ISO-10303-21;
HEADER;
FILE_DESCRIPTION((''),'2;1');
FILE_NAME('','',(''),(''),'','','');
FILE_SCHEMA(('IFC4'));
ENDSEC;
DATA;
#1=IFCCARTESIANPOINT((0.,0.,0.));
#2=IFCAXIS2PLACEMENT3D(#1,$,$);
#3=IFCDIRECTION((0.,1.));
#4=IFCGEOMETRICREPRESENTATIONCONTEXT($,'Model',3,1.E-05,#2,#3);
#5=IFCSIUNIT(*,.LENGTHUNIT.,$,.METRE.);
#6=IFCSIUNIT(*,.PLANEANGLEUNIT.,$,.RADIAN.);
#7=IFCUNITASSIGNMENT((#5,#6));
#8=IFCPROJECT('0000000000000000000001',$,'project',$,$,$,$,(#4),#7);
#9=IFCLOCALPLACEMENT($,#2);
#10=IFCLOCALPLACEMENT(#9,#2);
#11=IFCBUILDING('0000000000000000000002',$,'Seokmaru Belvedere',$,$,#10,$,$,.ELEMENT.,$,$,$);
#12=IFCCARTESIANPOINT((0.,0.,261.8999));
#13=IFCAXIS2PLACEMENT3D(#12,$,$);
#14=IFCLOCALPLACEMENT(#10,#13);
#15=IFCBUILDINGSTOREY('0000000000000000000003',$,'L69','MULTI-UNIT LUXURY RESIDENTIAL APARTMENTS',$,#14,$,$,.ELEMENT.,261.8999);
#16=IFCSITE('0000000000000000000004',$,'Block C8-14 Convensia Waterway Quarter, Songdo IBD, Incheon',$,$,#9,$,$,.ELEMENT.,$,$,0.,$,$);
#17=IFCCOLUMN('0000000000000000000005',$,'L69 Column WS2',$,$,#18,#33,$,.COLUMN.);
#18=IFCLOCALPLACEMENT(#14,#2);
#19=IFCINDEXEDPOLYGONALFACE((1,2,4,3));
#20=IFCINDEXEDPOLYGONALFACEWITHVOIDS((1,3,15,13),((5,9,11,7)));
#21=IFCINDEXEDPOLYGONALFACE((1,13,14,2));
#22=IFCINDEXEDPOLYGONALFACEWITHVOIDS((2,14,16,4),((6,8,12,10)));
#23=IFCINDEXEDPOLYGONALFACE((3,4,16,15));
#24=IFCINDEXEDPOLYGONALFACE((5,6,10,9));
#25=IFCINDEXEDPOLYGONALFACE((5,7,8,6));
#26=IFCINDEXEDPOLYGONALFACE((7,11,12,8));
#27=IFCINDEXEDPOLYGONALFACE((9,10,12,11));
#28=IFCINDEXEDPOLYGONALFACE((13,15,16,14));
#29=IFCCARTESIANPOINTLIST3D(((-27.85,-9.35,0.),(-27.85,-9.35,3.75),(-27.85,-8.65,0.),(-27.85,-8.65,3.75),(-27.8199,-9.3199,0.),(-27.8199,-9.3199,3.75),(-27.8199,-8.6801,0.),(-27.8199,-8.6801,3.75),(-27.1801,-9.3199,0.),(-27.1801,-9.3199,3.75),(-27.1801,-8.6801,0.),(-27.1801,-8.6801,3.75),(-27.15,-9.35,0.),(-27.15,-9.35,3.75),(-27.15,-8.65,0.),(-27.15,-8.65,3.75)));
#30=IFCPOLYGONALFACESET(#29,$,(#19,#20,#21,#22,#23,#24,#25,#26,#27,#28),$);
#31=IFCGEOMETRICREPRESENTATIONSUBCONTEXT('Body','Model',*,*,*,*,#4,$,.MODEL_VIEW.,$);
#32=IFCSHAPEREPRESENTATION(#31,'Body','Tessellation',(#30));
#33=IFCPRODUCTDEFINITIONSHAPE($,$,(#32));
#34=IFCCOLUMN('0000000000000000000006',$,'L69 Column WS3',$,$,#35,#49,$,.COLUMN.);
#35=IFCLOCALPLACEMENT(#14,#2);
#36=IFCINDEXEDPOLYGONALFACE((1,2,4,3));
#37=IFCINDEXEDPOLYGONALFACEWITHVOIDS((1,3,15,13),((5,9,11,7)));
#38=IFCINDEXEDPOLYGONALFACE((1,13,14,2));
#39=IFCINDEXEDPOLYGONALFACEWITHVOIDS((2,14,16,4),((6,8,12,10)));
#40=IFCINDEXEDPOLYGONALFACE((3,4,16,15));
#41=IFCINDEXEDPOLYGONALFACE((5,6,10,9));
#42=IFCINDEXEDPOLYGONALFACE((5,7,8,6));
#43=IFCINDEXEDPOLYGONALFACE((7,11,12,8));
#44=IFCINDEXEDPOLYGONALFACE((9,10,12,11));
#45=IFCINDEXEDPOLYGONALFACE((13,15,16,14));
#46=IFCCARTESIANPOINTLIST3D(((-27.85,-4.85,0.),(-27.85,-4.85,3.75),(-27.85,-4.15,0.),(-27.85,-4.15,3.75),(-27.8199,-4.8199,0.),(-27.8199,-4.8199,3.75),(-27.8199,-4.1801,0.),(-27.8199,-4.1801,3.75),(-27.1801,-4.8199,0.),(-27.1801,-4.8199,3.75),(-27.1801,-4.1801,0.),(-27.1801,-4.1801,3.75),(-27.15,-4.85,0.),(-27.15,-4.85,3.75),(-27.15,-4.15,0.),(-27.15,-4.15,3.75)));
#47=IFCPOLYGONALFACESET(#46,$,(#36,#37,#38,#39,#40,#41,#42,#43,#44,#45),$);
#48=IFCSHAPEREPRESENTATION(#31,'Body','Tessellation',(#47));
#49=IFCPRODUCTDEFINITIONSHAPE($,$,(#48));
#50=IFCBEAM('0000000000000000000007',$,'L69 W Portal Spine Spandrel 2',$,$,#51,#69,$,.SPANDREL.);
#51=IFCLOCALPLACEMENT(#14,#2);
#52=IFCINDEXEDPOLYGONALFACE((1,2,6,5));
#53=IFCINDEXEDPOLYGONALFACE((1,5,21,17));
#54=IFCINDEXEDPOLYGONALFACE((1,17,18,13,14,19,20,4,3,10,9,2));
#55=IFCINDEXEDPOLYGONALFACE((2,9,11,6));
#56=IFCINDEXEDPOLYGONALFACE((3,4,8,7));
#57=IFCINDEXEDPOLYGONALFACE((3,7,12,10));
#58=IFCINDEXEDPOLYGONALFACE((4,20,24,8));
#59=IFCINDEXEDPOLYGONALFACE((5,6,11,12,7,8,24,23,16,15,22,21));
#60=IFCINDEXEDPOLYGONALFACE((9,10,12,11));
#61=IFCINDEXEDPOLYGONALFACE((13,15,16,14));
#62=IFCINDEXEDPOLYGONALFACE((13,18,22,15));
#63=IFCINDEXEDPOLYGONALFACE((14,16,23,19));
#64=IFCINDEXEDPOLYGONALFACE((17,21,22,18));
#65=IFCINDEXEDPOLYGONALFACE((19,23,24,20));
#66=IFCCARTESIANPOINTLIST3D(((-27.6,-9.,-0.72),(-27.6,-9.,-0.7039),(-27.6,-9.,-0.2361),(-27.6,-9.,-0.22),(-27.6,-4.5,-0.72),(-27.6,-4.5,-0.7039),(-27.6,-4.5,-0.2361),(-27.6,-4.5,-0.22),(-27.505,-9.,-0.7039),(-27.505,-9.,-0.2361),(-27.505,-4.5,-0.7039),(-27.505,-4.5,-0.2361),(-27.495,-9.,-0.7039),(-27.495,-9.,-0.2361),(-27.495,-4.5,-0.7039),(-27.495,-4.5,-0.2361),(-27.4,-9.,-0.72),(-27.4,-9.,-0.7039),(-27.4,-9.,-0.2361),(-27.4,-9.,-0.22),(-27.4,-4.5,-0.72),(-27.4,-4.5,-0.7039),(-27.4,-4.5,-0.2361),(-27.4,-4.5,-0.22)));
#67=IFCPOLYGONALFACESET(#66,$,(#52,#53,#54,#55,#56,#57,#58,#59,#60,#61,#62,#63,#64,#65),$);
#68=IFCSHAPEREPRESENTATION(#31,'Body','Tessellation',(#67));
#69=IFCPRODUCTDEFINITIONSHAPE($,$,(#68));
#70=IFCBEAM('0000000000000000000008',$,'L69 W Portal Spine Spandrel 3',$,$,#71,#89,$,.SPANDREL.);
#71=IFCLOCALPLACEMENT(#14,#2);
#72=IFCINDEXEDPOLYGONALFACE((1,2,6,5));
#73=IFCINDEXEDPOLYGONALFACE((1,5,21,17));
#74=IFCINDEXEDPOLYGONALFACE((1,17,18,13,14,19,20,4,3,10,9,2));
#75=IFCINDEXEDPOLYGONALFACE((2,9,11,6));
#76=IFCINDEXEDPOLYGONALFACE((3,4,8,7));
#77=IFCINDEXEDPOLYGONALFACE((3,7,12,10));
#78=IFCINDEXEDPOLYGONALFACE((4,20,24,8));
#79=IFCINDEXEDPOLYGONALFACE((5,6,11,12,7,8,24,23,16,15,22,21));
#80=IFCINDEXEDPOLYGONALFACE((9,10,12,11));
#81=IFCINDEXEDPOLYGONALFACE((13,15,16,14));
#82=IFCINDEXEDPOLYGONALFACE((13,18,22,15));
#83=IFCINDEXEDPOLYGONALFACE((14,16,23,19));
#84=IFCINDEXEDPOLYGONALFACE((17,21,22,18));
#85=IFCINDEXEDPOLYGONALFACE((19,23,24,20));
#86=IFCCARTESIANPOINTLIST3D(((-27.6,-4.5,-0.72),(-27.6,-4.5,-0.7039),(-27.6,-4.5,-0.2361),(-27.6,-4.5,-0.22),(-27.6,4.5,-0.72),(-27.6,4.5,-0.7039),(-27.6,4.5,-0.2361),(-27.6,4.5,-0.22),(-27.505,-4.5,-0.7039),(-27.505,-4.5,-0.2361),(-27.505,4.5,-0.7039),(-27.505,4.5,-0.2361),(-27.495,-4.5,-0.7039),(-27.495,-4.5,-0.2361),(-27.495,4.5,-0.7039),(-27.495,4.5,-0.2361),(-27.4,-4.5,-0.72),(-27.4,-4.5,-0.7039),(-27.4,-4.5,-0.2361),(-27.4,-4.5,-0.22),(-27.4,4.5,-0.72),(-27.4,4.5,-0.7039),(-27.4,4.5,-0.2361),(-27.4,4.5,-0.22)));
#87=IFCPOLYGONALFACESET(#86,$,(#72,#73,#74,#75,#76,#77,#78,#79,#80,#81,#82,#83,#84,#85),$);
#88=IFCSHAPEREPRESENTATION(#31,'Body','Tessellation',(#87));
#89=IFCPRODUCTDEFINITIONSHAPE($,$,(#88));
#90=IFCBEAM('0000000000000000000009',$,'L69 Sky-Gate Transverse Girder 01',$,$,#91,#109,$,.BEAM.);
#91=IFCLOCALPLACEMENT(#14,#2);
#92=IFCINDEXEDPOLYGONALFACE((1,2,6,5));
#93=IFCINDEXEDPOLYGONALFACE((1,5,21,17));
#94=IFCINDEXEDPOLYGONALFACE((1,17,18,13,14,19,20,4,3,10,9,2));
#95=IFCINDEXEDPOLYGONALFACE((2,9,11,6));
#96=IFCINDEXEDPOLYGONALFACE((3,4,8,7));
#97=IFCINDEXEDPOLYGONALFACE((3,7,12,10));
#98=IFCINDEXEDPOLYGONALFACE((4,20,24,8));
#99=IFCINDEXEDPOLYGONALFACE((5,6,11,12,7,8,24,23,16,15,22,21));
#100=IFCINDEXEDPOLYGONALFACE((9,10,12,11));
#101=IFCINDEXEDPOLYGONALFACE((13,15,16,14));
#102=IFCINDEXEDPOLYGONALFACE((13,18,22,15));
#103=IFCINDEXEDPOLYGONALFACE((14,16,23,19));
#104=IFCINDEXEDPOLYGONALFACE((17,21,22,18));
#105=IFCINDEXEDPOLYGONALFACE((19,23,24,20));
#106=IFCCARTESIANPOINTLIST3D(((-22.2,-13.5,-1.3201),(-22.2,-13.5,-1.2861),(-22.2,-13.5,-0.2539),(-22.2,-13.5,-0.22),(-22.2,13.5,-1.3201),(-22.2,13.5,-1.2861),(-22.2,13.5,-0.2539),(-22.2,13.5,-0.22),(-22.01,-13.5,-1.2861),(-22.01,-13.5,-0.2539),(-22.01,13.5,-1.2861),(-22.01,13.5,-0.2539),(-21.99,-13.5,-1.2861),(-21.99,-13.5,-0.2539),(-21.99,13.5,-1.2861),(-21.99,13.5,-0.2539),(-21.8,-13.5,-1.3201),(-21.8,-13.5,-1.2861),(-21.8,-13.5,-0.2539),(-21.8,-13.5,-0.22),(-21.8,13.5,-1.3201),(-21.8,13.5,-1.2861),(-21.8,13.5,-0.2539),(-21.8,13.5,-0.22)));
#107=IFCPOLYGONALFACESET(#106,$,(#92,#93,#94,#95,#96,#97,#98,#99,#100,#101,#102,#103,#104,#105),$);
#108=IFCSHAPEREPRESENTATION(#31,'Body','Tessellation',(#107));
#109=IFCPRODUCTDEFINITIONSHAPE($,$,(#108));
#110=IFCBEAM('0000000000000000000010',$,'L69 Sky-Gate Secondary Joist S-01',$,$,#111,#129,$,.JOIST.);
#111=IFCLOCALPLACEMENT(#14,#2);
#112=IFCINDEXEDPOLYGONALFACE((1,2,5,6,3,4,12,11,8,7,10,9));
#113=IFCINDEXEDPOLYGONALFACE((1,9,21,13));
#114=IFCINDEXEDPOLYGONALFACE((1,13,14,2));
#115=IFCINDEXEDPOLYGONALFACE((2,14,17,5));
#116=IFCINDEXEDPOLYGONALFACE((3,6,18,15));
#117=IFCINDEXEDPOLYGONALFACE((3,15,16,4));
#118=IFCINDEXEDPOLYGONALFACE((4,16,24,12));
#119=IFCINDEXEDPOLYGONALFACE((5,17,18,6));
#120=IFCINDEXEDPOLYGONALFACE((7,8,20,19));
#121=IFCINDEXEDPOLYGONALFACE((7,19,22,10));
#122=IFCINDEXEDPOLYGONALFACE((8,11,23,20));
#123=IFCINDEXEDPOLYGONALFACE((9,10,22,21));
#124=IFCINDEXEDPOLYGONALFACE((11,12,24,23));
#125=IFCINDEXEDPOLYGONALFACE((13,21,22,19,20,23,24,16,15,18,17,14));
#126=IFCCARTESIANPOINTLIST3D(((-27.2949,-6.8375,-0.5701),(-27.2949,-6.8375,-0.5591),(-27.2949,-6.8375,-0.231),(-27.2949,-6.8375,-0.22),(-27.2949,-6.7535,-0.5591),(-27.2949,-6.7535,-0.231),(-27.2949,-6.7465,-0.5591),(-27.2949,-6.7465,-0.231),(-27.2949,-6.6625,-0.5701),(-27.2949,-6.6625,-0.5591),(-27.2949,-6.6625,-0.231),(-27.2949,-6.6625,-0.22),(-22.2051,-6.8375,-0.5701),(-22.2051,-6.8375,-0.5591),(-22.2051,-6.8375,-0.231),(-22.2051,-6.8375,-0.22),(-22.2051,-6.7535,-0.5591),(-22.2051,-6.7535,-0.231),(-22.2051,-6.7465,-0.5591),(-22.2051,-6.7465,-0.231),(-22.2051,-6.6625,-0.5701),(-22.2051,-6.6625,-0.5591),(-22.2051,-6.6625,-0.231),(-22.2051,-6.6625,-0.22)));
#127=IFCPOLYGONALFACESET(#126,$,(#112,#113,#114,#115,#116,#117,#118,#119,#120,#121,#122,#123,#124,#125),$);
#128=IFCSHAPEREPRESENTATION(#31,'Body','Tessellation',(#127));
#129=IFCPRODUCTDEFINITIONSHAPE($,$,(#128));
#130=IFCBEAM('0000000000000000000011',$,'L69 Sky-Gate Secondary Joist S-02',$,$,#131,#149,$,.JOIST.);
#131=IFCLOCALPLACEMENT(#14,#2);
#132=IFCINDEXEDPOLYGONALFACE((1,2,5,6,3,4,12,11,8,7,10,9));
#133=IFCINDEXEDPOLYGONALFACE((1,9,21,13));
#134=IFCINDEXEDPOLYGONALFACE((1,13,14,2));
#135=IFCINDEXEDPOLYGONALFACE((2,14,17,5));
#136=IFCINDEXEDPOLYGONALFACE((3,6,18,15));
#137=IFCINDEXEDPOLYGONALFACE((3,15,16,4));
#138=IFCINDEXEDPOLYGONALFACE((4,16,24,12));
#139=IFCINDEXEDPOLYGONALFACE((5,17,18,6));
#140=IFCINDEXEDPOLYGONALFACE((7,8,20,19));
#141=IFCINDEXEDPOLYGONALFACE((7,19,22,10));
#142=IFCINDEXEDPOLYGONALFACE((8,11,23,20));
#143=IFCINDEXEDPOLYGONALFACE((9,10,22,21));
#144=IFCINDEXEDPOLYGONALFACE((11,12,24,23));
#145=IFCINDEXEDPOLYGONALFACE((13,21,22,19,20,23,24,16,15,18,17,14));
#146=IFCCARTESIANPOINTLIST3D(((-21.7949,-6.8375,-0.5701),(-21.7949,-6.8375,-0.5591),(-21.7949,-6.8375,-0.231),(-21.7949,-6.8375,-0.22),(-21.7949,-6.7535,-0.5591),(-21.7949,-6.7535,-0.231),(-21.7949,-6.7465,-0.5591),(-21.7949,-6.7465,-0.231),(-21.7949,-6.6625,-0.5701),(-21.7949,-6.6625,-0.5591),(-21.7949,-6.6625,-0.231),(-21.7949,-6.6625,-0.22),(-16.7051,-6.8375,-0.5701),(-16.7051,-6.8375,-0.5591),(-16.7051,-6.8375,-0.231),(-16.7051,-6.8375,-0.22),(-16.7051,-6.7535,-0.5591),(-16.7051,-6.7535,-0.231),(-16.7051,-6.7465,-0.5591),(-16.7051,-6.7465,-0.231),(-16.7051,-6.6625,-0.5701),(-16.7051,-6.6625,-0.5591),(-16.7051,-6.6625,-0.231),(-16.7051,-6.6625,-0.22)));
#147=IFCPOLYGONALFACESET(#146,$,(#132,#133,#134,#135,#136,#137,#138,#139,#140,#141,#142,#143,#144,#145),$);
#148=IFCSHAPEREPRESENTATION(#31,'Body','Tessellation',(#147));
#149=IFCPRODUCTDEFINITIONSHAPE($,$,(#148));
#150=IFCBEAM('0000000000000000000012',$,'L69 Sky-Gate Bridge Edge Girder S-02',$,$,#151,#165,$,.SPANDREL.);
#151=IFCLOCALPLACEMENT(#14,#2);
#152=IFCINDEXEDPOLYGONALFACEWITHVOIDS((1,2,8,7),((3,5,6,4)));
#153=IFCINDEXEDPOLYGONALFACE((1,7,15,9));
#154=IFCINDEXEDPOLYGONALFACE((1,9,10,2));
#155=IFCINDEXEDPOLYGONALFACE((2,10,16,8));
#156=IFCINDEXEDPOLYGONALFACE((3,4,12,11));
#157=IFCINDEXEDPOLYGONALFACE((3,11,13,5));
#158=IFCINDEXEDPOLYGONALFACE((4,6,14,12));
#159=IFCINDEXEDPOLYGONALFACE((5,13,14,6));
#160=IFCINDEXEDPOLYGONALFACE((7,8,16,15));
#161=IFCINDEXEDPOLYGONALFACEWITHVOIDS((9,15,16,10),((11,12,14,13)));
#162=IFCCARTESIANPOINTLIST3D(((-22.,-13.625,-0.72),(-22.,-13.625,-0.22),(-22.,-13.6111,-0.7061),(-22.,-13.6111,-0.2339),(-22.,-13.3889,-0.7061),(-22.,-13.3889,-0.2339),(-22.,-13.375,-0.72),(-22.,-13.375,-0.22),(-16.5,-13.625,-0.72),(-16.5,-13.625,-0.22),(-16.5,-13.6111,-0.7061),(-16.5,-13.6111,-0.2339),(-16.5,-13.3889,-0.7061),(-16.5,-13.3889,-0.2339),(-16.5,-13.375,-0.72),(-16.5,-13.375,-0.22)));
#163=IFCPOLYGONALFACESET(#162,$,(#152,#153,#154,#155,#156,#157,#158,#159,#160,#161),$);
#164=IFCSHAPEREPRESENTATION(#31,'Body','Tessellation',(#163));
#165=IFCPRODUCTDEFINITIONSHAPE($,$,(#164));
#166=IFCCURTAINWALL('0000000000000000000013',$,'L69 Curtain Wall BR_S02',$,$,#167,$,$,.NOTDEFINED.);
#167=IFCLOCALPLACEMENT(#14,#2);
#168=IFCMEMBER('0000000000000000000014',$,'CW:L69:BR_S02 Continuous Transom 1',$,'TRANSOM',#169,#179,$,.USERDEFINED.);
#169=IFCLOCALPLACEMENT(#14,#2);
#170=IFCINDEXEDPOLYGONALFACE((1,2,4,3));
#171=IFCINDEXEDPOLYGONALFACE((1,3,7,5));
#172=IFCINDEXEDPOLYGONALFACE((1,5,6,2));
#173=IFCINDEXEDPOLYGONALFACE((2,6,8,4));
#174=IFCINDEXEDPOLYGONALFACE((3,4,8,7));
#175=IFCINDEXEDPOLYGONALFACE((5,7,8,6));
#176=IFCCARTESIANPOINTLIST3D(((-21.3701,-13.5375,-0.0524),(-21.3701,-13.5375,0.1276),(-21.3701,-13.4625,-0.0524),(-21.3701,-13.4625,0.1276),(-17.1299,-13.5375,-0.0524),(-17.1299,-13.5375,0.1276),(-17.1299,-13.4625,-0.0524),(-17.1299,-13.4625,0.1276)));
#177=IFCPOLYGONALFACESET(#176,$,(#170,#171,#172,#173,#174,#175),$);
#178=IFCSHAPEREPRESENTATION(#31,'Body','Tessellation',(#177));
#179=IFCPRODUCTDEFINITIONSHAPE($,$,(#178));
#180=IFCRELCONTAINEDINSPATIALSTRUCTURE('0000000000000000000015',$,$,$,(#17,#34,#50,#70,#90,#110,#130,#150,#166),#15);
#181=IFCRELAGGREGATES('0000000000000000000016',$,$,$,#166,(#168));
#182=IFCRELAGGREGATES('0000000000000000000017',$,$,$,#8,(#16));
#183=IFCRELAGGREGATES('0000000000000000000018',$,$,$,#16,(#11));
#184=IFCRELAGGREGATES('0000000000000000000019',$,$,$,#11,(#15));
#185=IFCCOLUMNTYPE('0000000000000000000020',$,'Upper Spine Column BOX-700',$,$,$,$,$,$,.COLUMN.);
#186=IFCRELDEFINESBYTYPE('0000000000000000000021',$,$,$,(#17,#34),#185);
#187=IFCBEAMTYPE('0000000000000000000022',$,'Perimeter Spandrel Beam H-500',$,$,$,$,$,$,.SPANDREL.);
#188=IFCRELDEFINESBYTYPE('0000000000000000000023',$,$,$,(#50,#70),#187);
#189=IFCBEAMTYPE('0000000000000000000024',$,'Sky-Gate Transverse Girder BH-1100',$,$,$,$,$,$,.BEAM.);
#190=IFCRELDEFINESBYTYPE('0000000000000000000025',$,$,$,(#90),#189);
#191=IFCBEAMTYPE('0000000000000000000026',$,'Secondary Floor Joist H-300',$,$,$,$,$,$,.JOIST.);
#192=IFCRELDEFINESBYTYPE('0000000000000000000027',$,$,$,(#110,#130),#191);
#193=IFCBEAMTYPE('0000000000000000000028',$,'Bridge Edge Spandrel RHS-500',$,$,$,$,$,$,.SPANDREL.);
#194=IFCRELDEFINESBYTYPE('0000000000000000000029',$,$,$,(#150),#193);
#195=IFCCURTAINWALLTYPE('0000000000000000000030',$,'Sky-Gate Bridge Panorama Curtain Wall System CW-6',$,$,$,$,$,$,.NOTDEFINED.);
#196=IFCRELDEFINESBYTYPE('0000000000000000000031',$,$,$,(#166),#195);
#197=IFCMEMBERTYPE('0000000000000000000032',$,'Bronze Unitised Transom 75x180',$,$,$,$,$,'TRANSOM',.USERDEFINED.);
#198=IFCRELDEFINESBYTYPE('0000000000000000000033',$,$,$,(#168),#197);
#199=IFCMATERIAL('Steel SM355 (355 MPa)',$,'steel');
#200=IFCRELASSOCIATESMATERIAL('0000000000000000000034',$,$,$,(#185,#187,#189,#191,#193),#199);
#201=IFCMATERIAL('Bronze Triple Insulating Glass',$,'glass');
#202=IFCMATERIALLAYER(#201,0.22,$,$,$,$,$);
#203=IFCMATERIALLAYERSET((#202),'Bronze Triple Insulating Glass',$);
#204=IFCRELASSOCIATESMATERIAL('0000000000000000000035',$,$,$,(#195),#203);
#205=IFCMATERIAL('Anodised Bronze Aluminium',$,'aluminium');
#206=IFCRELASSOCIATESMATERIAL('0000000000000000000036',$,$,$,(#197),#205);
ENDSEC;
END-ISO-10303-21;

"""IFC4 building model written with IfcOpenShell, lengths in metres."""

from ifc_helpers import new_model, si_unit, direction, frame, origin, origin_2d, place, context, subcontext, project, spatial, rectangle, hollow_rectangle, i_section, extrude, source, transform, mapped, material, layer, layer_set, material_profile, profile_set, type_object, type_shapes, element, aggregate, save


model = new_model("IFC4")

# Units and contexts
model_context = context("Model", 3, precision=1e-05, world=origin(), true_north=direction((0.0, 1.0)))
body_context = subcontext(model_context, "Body", "Model", "MODEL_VIEW")
ifc_project = project(units=[si_unit("LENGTHUNIT", "METRE"), si_unit("PLANEANGLEUNIT", "RADIAN")], contexts=[model_context])

# Site, building, storey
site_placement = place(None, origin())
site = spatial("IfcSite", under=ifc_project, at=site_placement, Name="Block C8-14 Convensia Waterway Quarter, Songdo IBD, Incheon", CompositionType="ELEMENT", RefElevation=0.0)
building_placement = place(site_placement, origin())
building = spatial("IfcBuilding", under=site, at=building_placement, Name="Seokmaru Belvedere", CompositionType="ELEMENT")
storey_placement = place(building_placement, frame((0.0, 0.0, 261.8999)))
storey = spatial("IfcBuildingStorey", under=building, at=storey_placement, Name="L69", Description="MULTI-UNIT LUXURY RESIDENTIAL APARTMENTS", CompositionType="ELEMENT", Elevation=261.8999)

# Columns
ifc_material_1 = material(Name="Steel SM355 (355 MPa)", Category="steel")
ifc_material_profile_1 = material_profile(ifc_material_1, hollow_rectangle(XDim=0.7, YDim=0.7, WallThickness=0.03, at=origin_2d()), Name="BOX-700x700x30")
ifc_profile_set_1 = profile_set([ifc_material_profile_1], Name="Steel SM355 (355 MPa)")
column_type = type_object("IfcColumnType", Name="Upper Spine Column BOX-700", PredefinedType="COLUMN", material=ifc_profile_set_1)
shared_shape_1 = source(origin(), body_context, "Body", "SweptSolid", [
    extrude(hollow_rectangle(XDim=0.7, YDim=0.7, WallThickness=0.03, at=origin_2d()), origin(), (0.0, 0.0, 1.0), 3.75),
])
type_shapes(column_type, [shared_shape_1])
for number, where, z_axis, x_axis, name in (
    (1, (-27.5, -9.0, 0.0), (0.0, 0.0, 1.0), (1.0, 0.0, 0.0), "L69 Column WS2"),
    (2, (-27.5, -4.5, 0.0), (0.0, 0.0, 1.0), (1.0, 0.0, 0.0), "L69 Column WS3"),
):
    element("IfcColumn", number, at=place(storey_placement, frame(where, z_axis=z_axis, x_axis=x_axis)), inside=storey, type_object=column_type, Name=name, PredefinedType="COLUMN", context=body_context, shape_type="MappedRepresentation", body=[
        mapped(shared_shape_1, transform((0.0, 0.0, 0.0), scale=1.0)),
    ])

# Beams
ifc_material_profile_2 = material_profile(ifc_material_1, i_section(OverallWidth=0.2, OverallDepth=0.5, WebThickness=0.01, FlangeThickness=0.0161, at=origin_2d()), Name="H-500x200x10x16")
ifc_profile_set_2 = profile_set([ifc_material_profile_2], Name="Steel SM355 (355 MPa)")
beam_type_1 = type_object("IfcBeamType", Name="Perimeter Spandrel Beam H-500", PredefinedType="SPANDREL", material=ifc_profile_set_2)
shared_shape_2 = source(origin(), body_context, "Body", "SweptSolid", [
    extrude(i_section(OverallWidth=0.2, OverallDepth=0.5, WebThickness=0.01, FlangeThickness=0.0161, at=origin_2d()), origin(), (0.0, 0.0, 1.0), 4.5),
])
beam_1_placement = place(storey_placement, frame((-27.5, -9.0, -0.47), z_axis=(0.0, 1.0, 0.0), x_axis=(-1.0, 0.0, 0.0)))
element("IfcBeam", 3, at=beam_1_placement, inside=storey, type_object=beam_type_1, Name="L69 W Portal Spine Spandrel 2", PredefinedType="SPANDREL", context=body_context, shape_type="MappedRepresentation", body=[
    mapped(shared_shape_2, transform((0.0, 0.0, 0.0), scale=1.0)),
])
shared_shape_3 = source(origin(), body_context, "Body", "SweptSolid", [
    extrude(i_section(OverallWidth=0.2, OverallDepth=0.5, WebThickness=0.01, FlangeThickness=0.0161, at=origin_2d()), origin(), (0.0, 0.0, 1.0), 9.0),
])
type_shapes(beam_type_1, [shared_shape_2, shared_shape_3])
beam_2_placement = place(storey_placement, frame((-27.5, -4.5, -0.47), z_axis=(0.0, 1.0, 0.0), x_axis=(-1.0, 0.0, 0.0)))
element("IfcBeam", 4, at=beam_2_placement, inside=storey, type_object=beam_type_1, Name="L69 W Portal Spine Spandrel 3", PredefinedType="SPANDREL", context=body_context, shape_type="MappedRepresentation", body=[
    mapped(shared_shape_3, transform((0.0, 0.0, 0.0), scale=1.0)),
])
ifc_material_profile_3 = material_profile(ifc_material_1, i_section(OverallWidth=0.3999, OverallDepth=1.1001, WebThickness=0.02, FlangeThickness=0.0339, at=origin_2d()), Name="BH-1100x400x20x34")
ifc_profile_set_3 = profile_set([ifc_material_profile_3], Name="Steel SM355 (355 MPa)")
beam_type_2 = type_object("IfcBeamType", Name="Sky-Gate Transverse Girder BH-1100", PredefinedType="BEAM", material=ifc_profile_set_3)
shared_shape_4 = source(origin(), body_context, "Body", "SweptSolid", [
    extrude(i_section(OverallWidth=0.3999, OverallDepth=1.1001, WebThickness=0.02, FlangeThickness=0.0339, at=origin_2d()), origin(), (0.0, 0.0, 1.0), 27.0),
])
type_shapes(beam_type_2, [shared_shape_4])
beam_3_placement = place(storey_placement, frame((-22.0, -13.5, -0.77), z_axis=(0.0, 1.0, 0.0), x_axis=(-1.0, 0.0, 0.0)))
element("IfcBeam", 5, at=beam_3_placement, inside=storey, type_object=beam_type_2, Name="L69 Sky-Gate Transverse Girder 01", PredefinedType="BEAM", context=body_context, shape_type="MappedRepresentation", body=[
    mapped(shared_shape_4, transform((0.0, 0.0, 0.0), scale=1.0)),
])
ifc_material_profile_4 = material_profile(ifc_material_1, i_section(OverallWidth=0.175, OverallDepth=0.3501, WebThickness=0.0071, FlangeThickness=0.011, at=origin_2d()), Name="H-350x175x7x11")
ifc_profile_set_4 = profile_set([ifc_material_profile_4], Name="Steel SM355 (355 MPa)")
beam_type_3 = type_object("IfcBeamType", Name="Secondary Floor Joist H-300", PredefinedType="JOIST", material=ifc_profile_set_4)
shared_shape_5 = source(origin(), body_context, "Body", "SweptSolid", [
    extrude(i_section(OverallWidth=0.175, OverallDepth=0.3501, WebThickness=0.0071, FlangeThickness=0.011, at=origin_2d()), origin(), (0.0, 0.0, 1.0), 5.0898),
])
type_shapes(beam_type_3, [shared_shape_5])
for number, where, z_axis, x_axis, name in (
    (6, (-27.2949, -6.75, -0.395), (1.0, 0.0, 0.0), (0.0, 1.0, 0.0), "L69 Sky-Gate Secondary Joist S-01"),
    (7, (-21.7949, -6.75, -0.395), (1.0, 0.0, 0.0), (0.0, 1.0, 0.0), "L69 Sky-Gate Secondary Joist S-02"),
):
    element("IfcBeam", number, at=place(storey_placement, frame(where, z_axis=z_axis, x_axis=x_axis)), inside=storey, type_object=beam_type_3, Name=name, PredefinedType="JOIST", context=body_context, shape_type="MappedRepresentation", body=[
        mapped(shared_shape_5, transform((0.0, 0.0, 0.0), scale=1.0)),
    ])
ifc_material_profile_5 = material_profile(ifc_material_1, hollow_rectangle(XDim=0.25, YDim=0.5, WallThickness=0.0139, at=origin_2d()), Name="RHS-500x250x14")
ifc_profile_set_5 = profile_set([ifc_material_profile_5], Name="Steel SM355 (355 MPa)")
beam_type_4 = type_object("IfcBeamType", Name="Bridge Edge Spandrel RHS-500", PredefinedType="SPANDREL", material=ifc_profile_set_5)
shared_shape_6 = source(origin(), body_context, "Body", "SweptSolid", [
    extrude(hollow_rectangle(XDim=0.25, YDim=0.5, WallThickness=0.0139, at=origin_2d()), origin(), (0.0, 0.0, 1.0), 5.5),
])
type_shapes(beam_type_4, [shared_shape_6])
beam_4_placement = place(storey_placement, frame((-22.0, -13.5, -0.47), z_axis=(1.0, 0.0, 0.0), x_axis=(0.0, 1.0, 0.0)))
element("IfcBeam", 8, at=beam_4_placement, inside=storey, type_object=beam_type_4, Name="L69 Sky-Gate Bridge Edge Girder S-02", PredefinedType="SPANDREL", context=body_context, shape_type="MappedRepresentation", body=[
    mapped(shared_shape_6, transform((0.0, 0.0, 0.0), scale=1.0)),
])

# Curtain wall, member
ifc_material_2 = material(Name="Bronze Triple Insulating Glass", Category="glass")
ifc_layer_1 = layer(ifc_material_2, 0.22)
ifc_layer_set_1 = layer_set([ifc_layer_1], Name="Bronze Triple Insulating Glass")
curtain_wall_type = type_object("IfcCurtainWallType", Name="Sky-Gate Bridge Panorama Curtain Wall System CW-6", PredefinedType="NOTDEFINED", material=ifc_layer_set_1)
curtain_wall_placement = place(storey_placement, origin())
curtain_wall = element("IfcCurtainWall", 9, at=curtain_wall_placement, inside=storey, type_object=curtain_wall_type, Name="L69 Curtain Wall BR_S02", PredefinedType="NOTDEFINED")
ifc_material_3 = material(Name="Anodised Bronze Aluminium", Category="aluminium")
ifc_material_profile_6 = material_profile(ifc_material_3, rectangle(XDim=0.075, YDim=0.1799, at=origin_2d()), Name="CW-T-75x180")
ifc_profile_set_6 = profile_set([ifc_material_profile_6], Name="Anodised Bronze Aluminium")
member_type_1 = type_object("IfcMemberType", Name="Bronze Unitised Transom 75x180", ElementType="TRANSOM", PredefinedType="USERDEFINED", material=ifc_profile_set_6)
shared_shape_7 = source(origin(), body_context, "Body", "SweptSolid", [
    extrude(rectangle(XDim=0.075, YDim=0.1799, at=origin_2d()), origin(), (0.0, 0.0, 1.0), 4.2402),
])
type_shapes(member_type_1, [shared_shape_7])
member_1_placement = place(storey_placement, frame((-21.3701, -13.5, 0.0376), z_axis=(1.0, 0.0, 0.0), x_axis=(0.0, 1.0, 0.0)))
member_1 = element("IfcMember", 10, at=member_1_placement, type_object=member_type_1, Name="CW:L69:BR_S02 Continuous Transom 1", ObjectType="TRANSOM", PredefinedType="USERDEFINED", context=body_context, shape_type="MappedRepresentation", body=[
    mapped(shared_shape_7, transform((0.0, 0.0, 0.0), scale=1.0)),
])
aggregate(curtain_wall, [member_1])

save(model, "model.ifc")
